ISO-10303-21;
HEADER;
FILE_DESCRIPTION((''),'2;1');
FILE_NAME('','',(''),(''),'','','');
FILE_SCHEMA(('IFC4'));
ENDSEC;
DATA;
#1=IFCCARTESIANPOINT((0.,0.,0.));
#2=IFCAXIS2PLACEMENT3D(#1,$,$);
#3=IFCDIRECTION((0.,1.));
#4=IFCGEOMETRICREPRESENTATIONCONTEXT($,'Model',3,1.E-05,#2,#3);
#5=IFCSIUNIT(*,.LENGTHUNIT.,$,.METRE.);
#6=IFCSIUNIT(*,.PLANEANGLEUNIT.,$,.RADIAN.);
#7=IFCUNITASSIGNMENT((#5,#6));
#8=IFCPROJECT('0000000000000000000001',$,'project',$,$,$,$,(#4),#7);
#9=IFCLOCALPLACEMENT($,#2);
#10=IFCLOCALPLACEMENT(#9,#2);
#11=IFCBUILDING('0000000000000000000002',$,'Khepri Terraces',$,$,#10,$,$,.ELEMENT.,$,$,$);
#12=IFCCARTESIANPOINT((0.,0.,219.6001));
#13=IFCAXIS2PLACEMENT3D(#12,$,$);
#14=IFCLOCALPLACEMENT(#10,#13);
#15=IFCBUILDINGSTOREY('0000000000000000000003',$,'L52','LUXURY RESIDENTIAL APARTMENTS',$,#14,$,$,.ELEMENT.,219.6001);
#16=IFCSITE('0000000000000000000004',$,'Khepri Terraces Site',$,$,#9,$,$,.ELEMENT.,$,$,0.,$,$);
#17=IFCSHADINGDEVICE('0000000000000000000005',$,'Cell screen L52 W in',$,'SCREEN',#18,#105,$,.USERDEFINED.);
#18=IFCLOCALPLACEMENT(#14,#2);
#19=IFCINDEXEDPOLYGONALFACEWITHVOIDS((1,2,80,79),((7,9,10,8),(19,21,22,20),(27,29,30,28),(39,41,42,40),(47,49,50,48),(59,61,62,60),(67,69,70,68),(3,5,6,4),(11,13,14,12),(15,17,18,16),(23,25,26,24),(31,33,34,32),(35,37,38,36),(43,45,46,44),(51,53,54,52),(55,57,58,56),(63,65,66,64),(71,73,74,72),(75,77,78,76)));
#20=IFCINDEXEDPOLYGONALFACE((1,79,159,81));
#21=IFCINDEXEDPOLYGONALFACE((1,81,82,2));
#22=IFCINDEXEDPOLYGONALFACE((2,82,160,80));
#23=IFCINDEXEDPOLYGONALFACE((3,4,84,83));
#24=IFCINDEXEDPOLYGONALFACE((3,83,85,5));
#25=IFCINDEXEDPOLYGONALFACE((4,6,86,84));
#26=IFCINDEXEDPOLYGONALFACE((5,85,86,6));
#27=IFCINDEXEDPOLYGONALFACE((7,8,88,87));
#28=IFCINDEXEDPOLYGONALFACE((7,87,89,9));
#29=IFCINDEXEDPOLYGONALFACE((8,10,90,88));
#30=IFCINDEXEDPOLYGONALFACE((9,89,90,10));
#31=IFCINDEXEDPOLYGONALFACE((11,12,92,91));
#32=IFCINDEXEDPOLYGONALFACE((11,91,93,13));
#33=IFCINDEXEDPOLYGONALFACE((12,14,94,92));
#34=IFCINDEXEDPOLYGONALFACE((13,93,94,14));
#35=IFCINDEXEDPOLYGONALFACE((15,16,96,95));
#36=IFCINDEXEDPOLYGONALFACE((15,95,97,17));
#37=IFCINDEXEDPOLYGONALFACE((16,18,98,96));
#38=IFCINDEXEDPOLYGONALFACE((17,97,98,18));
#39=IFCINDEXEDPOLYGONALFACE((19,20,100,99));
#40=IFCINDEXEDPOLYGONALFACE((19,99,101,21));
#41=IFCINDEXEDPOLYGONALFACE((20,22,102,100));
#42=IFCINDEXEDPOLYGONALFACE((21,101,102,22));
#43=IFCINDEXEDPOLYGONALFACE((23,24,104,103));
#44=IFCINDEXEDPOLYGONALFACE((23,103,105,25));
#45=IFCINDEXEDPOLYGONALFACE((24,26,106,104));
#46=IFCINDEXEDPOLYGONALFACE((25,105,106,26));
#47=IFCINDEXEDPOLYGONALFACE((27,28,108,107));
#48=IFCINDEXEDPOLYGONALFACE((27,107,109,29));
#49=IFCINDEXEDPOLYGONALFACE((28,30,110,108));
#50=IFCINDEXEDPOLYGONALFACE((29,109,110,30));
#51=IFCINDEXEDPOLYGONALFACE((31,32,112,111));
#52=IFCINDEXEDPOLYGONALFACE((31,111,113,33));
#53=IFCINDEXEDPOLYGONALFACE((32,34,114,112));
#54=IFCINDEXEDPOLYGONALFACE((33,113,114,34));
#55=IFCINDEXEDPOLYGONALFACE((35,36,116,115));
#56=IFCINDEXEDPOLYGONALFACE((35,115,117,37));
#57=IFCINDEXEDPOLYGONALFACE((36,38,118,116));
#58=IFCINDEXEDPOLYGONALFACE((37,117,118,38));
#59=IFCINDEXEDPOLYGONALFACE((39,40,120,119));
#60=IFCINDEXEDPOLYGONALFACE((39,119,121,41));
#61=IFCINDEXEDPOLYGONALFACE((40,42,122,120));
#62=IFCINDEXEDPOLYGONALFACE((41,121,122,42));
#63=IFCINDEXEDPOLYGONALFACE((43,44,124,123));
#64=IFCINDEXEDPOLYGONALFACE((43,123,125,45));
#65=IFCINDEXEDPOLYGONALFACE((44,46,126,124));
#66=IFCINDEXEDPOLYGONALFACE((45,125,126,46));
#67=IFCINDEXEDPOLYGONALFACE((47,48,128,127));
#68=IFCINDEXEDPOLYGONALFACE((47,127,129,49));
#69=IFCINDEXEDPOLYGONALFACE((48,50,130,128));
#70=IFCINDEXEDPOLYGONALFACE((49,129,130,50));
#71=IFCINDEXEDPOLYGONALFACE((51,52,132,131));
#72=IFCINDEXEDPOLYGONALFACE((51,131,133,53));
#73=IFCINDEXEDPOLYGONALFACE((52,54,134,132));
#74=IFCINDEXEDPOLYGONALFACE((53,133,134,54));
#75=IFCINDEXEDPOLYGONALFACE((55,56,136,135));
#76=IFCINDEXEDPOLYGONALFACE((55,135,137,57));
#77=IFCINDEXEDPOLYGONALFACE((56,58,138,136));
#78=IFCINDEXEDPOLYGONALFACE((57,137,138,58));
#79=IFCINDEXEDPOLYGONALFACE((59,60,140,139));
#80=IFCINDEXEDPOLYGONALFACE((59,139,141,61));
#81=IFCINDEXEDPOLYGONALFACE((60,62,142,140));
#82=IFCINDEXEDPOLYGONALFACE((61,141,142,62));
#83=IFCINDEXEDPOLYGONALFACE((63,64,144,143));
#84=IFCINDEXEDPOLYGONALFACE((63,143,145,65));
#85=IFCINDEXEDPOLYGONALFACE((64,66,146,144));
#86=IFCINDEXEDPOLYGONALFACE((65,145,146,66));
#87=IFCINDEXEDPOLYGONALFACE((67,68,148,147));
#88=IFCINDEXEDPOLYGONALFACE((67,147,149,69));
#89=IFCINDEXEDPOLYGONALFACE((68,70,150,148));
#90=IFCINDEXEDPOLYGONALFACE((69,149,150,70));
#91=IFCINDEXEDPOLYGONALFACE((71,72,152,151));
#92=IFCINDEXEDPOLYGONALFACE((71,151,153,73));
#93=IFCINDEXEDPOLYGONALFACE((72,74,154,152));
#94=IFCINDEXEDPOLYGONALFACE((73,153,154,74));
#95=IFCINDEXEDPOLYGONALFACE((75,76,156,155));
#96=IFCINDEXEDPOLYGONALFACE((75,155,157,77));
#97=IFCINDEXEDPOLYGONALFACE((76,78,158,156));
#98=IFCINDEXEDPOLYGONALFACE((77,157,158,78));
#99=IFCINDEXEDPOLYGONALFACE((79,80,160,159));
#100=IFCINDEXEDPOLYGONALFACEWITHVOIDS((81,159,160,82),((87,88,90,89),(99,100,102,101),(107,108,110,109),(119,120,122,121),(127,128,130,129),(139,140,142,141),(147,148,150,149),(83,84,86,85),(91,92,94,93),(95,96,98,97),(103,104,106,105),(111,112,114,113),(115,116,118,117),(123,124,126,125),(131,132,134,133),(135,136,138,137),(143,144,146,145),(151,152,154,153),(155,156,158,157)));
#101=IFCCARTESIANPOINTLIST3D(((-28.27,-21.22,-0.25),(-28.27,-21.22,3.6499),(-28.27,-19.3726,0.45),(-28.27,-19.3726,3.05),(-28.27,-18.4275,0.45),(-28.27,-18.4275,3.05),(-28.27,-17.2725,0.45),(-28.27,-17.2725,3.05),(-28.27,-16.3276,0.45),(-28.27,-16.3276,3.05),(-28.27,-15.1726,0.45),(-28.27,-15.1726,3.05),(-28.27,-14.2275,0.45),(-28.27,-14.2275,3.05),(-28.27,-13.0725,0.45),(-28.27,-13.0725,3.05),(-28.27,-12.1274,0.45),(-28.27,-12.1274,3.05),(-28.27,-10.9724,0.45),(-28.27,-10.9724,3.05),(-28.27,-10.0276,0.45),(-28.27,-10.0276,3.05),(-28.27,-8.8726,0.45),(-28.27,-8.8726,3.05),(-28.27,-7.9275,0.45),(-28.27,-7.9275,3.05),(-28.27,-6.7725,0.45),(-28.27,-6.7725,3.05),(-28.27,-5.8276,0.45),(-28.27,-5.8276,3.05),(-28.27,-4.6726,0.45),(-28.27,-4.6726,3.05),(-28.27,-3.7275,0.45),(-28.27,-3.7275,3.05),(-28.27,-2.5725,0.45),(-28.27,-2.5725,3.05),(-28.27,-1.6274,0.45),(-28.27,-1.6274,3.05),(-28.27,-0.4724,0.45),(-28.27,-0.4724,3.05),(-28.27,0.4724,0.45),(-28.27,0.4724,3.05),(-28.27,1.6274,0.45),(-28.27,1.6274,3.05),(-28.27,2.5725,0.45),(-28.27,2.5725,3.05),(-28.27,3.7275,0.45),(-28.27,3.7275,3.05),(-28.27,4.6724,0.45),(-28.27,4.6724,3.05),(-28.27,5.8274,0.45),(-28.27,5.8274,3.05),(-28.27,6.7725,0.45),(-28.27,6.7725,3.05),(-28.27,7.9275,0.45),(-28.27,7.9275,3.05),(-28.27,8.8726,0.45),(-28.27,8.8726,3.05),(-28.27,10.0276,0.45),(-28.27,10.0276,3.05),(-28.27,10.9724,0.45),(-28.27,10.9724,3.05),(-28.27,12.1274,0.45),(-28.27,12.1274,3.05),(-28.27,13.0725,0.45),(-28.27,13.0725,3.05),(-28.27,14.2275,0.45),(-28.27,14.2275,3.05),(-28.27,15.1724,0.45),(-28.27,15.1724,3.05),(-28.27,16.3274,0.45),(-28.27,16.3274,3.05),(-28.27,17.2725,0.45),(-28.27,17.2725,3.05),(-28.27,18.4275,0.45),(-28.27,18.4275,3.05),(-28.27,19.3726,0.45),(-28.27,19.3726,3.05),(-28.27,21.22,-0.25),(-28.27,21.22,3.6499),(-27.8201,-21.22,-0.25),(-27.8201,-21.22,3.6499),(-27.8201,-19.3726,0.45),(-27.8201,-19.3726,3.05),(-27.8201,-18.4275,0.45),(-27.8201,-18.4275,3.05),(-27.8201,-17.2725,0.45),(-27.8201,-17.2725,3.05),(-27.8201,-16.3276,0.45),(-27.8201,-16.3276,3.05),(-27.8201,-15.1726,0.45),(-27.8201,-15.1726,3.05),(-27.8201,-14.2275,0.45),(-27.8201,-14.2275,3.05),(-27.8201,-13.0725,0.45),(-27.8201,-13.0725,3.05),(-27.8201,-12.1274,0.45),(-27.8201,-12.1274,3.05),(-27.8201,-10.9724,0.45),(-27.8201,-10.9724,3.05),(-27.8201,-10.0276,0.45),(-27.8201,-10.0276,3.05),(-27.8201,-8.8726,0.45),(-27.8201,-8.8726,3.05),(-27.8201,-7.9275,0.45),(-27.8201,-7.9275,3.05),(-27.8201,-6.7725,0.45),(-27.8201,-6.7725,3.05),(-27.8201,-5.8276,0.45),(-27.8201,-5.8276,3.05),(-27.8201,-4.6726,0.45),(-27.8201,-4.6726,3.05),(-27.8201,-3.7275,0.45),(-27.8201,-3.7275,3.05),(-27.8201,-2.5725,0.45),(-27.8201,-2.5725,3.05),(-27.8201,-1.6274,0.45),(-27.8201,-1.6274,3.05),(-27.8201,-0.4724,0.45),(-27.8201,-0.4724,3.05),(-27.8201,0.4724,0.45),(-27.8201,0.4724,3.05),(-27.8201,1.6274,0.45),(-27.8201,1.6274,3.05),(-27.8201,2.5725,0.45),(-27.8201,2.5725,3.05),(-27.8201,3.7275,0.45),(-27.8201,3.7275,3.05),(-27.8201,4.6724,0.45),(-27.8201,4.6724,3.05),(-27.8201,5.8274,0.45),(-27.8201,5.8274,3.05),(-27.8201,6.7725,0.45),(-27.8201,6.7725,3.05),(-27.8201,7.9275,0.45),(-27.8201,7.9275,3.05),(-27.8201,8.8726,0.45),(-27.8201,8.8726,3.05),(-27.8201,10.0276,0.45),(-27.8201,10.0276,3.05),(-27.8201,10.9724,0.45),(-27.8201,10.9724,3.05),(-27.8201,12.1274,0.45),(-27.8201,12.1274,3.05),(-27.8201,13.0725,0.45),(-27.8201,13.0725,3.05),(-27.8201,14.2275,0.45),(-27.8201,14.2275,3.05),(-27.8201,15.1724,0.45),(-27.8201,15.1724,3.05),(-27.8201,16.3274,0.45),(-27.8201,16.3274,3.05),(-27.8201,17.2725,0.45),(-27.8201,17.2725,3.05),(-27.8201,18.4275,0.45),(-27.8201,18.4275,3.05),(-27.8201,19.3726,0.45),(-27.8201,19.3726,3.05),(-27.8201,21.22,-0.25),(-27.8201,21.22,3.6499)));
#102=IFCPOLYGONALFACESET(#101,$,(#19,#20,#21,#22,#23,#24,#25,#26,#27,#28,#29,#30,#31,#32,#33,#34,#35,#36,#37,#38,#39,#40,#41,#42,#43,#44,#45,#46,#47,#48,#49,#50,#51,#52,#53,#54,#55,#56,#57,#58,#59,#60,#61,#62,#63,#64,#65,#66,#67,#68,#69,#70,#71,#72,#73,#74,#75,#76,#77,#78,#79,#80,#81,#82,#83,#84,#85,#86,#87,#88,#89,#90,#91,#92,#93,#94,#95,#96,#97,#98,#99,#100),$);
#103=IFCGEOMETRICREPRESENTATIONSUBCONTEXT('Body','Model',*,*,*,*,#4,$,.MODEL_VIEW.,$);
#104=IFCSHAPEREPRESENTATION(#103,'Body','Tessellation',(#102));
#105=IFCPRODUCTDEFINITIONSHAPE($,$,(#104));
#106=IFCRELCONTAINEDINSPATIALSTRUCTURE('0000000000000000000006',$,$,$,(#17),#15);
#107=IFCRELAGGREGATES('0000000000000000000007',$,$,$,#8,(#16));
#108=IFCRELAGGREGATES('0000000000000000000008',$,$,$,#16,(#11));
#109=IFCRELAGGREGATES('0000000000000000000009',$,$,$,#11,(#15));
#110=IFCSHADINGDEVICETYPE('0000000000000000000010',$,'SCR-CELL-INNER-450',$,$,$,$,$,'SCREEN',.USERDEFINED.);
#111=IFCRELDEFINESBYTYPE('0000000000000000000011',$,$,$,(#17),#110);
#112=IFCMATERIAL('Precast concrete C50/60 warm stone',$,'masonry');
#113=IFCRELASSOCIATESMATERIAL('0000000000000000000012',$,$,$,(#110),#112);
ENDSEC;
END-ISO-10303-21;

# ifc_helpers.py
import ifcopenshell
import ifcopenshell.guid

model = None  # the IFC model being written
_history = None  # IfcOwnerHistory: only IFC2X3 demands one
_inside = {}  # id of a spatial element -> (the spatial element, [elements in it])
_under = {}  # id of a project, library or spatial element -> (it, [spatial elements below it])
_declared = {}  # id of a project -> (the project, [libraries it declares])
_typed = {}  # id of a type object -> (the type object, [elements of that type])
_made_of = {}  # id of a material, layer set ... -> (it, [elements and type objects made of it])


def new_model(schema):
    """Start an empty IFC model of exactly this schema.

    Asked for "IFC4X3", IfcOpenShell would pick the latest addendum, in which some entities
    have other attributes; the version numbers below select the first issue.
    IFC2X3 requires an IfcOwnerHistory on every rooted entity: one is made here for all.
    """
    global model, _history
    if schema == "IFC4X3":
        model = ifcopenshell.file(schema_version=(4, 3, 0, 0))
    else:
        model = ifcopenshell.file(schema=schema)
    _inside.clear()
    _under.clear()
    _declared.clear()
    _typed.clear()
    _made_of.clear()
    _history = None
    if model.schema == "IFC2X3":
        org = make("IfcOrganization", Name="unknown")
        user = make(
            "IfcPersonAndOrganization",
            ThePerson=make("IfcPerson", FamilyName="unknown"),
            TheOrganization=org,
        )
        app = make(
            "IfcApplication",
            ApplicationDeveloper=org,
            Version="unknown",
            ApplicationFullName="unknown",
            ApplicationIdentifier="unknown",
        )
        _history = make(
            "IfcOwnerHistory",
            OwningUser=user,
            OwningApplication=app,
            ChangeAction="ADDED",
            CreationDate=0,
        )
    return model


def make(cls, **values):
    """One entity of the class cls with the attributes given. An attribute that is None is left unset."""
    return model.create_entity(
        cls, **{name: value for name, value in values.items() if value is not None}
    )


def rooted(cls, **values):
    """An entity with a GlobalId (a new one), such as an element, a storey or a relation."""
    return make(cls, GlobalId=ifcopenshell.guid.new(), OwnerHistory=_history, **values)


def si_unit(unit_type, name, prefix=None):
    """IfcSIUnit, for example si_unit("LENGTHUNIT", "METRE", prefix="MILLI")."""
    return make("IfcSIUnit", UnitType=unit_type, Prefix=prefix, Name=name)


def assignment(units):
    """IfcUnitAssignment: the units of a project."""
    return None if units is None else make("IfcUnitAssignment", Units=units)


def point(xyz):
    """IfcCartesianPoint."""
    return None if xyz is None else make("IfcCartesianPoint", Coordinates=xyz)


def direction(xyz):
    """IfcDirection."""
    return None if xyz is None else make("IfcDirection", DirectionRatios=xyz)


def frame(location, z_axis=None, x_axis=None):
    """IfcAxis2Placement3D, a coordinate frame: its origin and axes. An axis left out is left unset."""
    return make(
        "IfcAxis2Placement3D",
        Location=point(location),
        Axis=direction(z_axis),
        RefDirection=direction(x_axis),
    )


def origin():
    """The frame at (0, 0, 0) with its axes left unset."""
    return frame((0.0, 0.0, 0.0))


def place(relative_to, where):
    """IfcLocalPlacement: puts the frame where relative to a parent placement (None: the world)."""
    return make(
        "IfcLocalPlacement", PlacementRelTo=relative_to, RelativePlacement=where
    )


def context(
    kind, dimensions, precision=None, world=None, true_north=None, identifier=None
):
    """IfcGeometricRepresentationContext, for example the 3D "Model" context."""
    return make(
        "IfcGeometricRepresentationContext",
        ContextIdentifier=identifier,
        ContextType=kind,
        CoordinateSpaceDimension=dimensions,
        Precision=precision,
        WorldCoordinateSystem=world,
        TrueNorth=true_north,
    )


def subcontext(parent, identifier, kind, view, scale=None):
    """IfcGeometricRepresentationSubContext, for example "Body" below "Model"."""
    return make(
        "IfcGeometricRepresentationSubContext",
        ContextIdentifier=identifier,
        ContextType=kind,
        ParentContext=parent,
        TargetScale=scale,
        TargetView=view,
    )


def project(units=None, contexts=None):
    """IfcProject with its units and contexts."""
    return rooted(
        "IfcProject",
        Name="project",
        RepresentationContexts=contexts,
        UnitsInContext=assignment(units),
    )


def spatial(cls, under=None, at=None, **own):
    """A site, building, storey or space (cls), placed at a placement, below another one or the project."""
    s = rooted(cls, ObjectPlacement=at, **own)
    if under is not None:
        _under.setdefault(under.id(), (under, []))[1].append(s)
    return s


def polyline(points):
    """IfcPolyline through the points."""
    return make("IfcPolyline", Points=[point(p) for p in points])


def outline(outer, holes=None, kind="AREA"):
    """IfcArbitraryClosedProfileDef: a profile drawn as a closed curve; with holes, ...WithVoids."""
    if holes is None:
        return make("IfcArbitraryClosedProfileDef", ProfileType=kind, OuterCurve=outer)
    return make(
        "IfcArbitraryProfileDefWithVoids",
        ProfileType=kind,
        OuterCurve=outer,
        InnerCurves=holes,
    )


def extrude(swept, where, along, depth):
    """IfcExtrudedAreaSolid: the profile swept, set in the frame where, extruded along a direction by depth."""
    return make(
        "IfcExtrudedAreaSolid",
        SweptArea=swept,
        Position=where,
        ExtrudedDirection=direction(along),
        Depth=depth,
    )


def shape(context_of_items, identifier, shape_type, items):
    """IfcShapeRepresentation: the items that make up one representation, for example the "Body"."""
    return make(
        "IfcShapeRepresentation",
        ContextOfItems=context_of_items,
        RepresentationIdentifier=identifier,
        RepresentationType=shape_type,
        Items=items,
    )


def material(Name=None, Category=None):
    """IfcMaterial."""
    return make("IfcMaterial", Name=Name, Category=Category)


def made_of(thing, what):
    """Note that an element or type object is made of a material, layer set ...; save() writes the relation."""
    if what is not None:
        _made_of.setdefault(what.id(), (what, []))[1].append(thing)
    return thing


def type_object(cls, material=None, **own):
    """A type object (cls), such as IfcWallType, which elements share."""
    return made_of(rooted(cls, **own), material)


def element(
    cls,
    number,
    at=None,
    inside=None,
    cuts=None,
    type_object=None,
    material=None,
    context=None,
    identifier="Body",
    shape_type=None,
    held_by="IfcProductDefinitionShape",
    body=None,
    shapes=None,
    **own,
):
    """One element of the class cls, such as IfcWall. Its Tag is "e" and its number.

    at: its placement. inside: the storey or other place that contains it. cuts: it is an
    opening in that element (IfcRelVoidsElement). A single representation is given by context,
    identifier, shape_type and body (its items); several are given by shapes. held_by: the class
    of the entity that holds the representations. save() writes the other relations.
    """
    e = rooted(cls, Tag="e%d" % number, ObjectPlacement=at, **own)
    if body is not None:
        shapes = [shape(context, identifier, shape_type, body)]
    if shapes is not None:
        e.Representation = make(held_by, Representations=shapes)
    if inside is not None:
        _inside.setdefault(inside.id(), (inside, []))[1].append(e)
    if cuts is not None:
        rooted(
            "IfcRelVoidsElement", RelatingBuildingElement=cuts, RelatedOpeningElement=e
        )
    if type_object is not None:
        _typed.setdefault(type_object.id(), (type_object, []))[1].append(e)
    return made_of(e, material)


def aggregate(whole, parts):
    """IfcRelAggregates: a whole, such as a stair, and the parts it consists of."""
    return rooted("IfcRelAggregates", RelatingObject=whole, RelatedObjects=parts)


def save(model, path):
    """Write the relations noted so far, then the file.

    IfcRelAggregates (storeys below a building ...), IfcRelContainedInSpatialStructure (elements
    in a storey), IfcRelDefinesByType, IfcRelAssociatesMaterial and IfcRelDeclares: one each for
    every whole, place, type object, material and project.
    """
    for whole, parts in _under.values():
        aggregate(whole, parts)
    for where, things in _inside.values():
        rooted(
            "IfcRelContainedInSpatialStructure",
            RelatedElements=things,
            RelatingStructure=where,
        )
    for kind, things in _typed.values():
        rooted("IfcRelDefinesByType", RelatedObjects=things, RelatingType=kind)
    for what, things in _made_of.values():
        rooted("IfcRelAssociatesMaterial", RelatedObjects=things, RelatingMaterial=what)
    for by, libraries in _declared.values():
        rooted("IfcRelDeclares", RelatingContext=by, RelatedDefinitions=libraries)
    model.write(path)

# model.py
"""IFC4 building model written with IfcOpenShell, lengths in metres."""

from ifc_helpers import new_model, si_unit, direction, frame, origin, place, context, subcontext, project, spatial, polyline, outline, extrude, material, type_object, element, save


model = new_model("IFC4")

# Units and contexts
model_context = context("Model", 3, precision=1e-05, world=origin(), true_north=direction((0.0, 1.0)))
body_context = subcontext(model_context, "Body", "Model", "MODEL_VIEW")
ifc_project = project(units=[si_unit("LENGTHUNIT", "METRE"), si_unit("PLANEANGLEUNIT", "RADIAN")], contexts=[model_context])

# Site, building, storey
site_placement = place(None, origin())
site = spatial("IfcSite", under=ifc_project, at=site_placement, Name="Khepri Terraces Site", CompositionType="ELEMENT", RefElevation=0.0)
building_placement = place(site_placement, origin())
building = spatial("IfcBuilding", under=site, at=building_placement, Name="Khepri Terraces", CompositionType="ELEMENT")
storey_placement = place(building_placement, frame((0.0, 0.0, 219.6001)))
storey = spatial("IfcBuildingStorey", under=building, at=storey_placement, Name="L52", Description="LUXURY RESIDENTIAL APARTMENTS", CompositionType="ELEMENT", Elevation=219.6001)

# Shared definitions
ifc_material_1 = material(Name="Precast concrete C50/60 warm stone", Category="masonry")

# Shading device
shading_device_type_1 = type_object("IfcShadingDeviceType", Name="SCR-CELL-INNER-450", ElementType="SCREEN", PredefinedType="USERDEFINED", material=ifc_material_1)
shading_device_1_placement = place(storey_placement, frame((-27.8201, 21.22, -0.25), z_axis=(-1.0, 0.0, 0.0), x_axis=(0.0, -1.0, 0.0)))
element("IfcShadingDevice", 1, at=shading_device_1_placement, inside=storey, type_object=shading_device_type_1, Name="Cell screen L52 W in", ObjectType="SCREEN", PredefinedType="USERDEFINED", context=body_context, shape_type="SweptSolid", body=[
    extrude(outline(polyline([(0.0, 0.0), (42.4399, 0.0), (42.4399, 3.8999), (0.0, 3.8999), (0.0, 0.0)]), holes=[polyline([(1.8474, 0.7), (2.7925, 0.7), (2.7925, 3.3), (1.8474, 3.3), (1.8474, 0.7)]), polyline([(3.9475, 0.7), (4.8926, 0.7), (4.8926, 3.3), (3.9475, 3.3), (3.9475, 0.7)]), polyline([(6.0476, 0.7), (6.9924, 0.7), (6.9924, 3.3), (6.0476, 3.3), (6.0476, 0.7)]), polyline([(8.1475, 0.7), (9.0925, 0.7), (9.0925, 3.3), (8.1475, 3.3), (8.1475, 0.7)]), polyline([(10.2476, 0.7), (11.1924, 0.7), (11.1924, 3.3), (10.2476, 3.3), (10.2476, 0.7)]), polyline([(12.3474, 0.7), (13.2925, 0.7), (13.2925, 3.3), (12.3474, 3.3), (12.3474, 0.7)]), polyline([(14.4475, 0.7), (15.3926, 0.7), (15.3926, 3.3), (14.4475, 3.3), (14.4475, 0.7)]), polyline([(16.5476, 0.7), (17.4924, 0.7), (17.4924, 3.3), (16.5476, 3.3), (16.5476, 0.7)]), polyline([(18.6475, 0.7), (19.5925, 0.7), (19.5925, 3.3), (18.6475, 3.3), (18.6475, 0.7)]), polyline([(20.7476, 0.7), (21.6924, 0.7), (21.6924, 3.3), (20.7476, 3.3), (20.7476, 0.7)]), polyline([(22.8474, 0.7), (23.7925, 0.7), (23.7925, 3.3), (22.8474, 3.3), (22.8474, 0.7)]), polyline([(24.9475, 0.7), (25.8926, 0.7), (25.8926, 3.3), (24.9475, 3.3), (24.9475, 0.7)]), polyline([(27.0476, 0.7), (27.9924, 0.7), (27.9924, 3.3), (27.0476, 3.3), (27.0476, 0.7)]), polyline([(29.1475, 0.7), (30.0925, 0.7), (30.0925, 3.3), (29.1475, 3.3), (29.1475, 0.7)]), polyline([(31.2476, 0.7), (32.1924, 0.7), (32.1924, 3.3), (31.2476, 3.3), (31.2476, 0.7)]), polyline([(33.3474, 0.7), (34.2925, 0.7), (34.2925, 3.3), (33.3474, 3.3), (33.3474, 0.7)]), polyline([(35.4475, 0.7), (36.3926, 0.7), (36.3926, 3.3), (35.4475, 3.3), (35.4475, 0.7)]), polyline([(37.5476, 0.7), (38.4924, 0.7), (38.4924, 3.3), (37.5476, 3.3), (37.5476, 0.7)]), polyline([(39.6475, 0.7), (40.5925, 0.7), (40.5925, 3.3), (39.6475, 3.3), (39.6475, 0.7)])]), origin(), (0.0, 0.0, 1.0), 0.45),
])

save(model, "model.ifc")
